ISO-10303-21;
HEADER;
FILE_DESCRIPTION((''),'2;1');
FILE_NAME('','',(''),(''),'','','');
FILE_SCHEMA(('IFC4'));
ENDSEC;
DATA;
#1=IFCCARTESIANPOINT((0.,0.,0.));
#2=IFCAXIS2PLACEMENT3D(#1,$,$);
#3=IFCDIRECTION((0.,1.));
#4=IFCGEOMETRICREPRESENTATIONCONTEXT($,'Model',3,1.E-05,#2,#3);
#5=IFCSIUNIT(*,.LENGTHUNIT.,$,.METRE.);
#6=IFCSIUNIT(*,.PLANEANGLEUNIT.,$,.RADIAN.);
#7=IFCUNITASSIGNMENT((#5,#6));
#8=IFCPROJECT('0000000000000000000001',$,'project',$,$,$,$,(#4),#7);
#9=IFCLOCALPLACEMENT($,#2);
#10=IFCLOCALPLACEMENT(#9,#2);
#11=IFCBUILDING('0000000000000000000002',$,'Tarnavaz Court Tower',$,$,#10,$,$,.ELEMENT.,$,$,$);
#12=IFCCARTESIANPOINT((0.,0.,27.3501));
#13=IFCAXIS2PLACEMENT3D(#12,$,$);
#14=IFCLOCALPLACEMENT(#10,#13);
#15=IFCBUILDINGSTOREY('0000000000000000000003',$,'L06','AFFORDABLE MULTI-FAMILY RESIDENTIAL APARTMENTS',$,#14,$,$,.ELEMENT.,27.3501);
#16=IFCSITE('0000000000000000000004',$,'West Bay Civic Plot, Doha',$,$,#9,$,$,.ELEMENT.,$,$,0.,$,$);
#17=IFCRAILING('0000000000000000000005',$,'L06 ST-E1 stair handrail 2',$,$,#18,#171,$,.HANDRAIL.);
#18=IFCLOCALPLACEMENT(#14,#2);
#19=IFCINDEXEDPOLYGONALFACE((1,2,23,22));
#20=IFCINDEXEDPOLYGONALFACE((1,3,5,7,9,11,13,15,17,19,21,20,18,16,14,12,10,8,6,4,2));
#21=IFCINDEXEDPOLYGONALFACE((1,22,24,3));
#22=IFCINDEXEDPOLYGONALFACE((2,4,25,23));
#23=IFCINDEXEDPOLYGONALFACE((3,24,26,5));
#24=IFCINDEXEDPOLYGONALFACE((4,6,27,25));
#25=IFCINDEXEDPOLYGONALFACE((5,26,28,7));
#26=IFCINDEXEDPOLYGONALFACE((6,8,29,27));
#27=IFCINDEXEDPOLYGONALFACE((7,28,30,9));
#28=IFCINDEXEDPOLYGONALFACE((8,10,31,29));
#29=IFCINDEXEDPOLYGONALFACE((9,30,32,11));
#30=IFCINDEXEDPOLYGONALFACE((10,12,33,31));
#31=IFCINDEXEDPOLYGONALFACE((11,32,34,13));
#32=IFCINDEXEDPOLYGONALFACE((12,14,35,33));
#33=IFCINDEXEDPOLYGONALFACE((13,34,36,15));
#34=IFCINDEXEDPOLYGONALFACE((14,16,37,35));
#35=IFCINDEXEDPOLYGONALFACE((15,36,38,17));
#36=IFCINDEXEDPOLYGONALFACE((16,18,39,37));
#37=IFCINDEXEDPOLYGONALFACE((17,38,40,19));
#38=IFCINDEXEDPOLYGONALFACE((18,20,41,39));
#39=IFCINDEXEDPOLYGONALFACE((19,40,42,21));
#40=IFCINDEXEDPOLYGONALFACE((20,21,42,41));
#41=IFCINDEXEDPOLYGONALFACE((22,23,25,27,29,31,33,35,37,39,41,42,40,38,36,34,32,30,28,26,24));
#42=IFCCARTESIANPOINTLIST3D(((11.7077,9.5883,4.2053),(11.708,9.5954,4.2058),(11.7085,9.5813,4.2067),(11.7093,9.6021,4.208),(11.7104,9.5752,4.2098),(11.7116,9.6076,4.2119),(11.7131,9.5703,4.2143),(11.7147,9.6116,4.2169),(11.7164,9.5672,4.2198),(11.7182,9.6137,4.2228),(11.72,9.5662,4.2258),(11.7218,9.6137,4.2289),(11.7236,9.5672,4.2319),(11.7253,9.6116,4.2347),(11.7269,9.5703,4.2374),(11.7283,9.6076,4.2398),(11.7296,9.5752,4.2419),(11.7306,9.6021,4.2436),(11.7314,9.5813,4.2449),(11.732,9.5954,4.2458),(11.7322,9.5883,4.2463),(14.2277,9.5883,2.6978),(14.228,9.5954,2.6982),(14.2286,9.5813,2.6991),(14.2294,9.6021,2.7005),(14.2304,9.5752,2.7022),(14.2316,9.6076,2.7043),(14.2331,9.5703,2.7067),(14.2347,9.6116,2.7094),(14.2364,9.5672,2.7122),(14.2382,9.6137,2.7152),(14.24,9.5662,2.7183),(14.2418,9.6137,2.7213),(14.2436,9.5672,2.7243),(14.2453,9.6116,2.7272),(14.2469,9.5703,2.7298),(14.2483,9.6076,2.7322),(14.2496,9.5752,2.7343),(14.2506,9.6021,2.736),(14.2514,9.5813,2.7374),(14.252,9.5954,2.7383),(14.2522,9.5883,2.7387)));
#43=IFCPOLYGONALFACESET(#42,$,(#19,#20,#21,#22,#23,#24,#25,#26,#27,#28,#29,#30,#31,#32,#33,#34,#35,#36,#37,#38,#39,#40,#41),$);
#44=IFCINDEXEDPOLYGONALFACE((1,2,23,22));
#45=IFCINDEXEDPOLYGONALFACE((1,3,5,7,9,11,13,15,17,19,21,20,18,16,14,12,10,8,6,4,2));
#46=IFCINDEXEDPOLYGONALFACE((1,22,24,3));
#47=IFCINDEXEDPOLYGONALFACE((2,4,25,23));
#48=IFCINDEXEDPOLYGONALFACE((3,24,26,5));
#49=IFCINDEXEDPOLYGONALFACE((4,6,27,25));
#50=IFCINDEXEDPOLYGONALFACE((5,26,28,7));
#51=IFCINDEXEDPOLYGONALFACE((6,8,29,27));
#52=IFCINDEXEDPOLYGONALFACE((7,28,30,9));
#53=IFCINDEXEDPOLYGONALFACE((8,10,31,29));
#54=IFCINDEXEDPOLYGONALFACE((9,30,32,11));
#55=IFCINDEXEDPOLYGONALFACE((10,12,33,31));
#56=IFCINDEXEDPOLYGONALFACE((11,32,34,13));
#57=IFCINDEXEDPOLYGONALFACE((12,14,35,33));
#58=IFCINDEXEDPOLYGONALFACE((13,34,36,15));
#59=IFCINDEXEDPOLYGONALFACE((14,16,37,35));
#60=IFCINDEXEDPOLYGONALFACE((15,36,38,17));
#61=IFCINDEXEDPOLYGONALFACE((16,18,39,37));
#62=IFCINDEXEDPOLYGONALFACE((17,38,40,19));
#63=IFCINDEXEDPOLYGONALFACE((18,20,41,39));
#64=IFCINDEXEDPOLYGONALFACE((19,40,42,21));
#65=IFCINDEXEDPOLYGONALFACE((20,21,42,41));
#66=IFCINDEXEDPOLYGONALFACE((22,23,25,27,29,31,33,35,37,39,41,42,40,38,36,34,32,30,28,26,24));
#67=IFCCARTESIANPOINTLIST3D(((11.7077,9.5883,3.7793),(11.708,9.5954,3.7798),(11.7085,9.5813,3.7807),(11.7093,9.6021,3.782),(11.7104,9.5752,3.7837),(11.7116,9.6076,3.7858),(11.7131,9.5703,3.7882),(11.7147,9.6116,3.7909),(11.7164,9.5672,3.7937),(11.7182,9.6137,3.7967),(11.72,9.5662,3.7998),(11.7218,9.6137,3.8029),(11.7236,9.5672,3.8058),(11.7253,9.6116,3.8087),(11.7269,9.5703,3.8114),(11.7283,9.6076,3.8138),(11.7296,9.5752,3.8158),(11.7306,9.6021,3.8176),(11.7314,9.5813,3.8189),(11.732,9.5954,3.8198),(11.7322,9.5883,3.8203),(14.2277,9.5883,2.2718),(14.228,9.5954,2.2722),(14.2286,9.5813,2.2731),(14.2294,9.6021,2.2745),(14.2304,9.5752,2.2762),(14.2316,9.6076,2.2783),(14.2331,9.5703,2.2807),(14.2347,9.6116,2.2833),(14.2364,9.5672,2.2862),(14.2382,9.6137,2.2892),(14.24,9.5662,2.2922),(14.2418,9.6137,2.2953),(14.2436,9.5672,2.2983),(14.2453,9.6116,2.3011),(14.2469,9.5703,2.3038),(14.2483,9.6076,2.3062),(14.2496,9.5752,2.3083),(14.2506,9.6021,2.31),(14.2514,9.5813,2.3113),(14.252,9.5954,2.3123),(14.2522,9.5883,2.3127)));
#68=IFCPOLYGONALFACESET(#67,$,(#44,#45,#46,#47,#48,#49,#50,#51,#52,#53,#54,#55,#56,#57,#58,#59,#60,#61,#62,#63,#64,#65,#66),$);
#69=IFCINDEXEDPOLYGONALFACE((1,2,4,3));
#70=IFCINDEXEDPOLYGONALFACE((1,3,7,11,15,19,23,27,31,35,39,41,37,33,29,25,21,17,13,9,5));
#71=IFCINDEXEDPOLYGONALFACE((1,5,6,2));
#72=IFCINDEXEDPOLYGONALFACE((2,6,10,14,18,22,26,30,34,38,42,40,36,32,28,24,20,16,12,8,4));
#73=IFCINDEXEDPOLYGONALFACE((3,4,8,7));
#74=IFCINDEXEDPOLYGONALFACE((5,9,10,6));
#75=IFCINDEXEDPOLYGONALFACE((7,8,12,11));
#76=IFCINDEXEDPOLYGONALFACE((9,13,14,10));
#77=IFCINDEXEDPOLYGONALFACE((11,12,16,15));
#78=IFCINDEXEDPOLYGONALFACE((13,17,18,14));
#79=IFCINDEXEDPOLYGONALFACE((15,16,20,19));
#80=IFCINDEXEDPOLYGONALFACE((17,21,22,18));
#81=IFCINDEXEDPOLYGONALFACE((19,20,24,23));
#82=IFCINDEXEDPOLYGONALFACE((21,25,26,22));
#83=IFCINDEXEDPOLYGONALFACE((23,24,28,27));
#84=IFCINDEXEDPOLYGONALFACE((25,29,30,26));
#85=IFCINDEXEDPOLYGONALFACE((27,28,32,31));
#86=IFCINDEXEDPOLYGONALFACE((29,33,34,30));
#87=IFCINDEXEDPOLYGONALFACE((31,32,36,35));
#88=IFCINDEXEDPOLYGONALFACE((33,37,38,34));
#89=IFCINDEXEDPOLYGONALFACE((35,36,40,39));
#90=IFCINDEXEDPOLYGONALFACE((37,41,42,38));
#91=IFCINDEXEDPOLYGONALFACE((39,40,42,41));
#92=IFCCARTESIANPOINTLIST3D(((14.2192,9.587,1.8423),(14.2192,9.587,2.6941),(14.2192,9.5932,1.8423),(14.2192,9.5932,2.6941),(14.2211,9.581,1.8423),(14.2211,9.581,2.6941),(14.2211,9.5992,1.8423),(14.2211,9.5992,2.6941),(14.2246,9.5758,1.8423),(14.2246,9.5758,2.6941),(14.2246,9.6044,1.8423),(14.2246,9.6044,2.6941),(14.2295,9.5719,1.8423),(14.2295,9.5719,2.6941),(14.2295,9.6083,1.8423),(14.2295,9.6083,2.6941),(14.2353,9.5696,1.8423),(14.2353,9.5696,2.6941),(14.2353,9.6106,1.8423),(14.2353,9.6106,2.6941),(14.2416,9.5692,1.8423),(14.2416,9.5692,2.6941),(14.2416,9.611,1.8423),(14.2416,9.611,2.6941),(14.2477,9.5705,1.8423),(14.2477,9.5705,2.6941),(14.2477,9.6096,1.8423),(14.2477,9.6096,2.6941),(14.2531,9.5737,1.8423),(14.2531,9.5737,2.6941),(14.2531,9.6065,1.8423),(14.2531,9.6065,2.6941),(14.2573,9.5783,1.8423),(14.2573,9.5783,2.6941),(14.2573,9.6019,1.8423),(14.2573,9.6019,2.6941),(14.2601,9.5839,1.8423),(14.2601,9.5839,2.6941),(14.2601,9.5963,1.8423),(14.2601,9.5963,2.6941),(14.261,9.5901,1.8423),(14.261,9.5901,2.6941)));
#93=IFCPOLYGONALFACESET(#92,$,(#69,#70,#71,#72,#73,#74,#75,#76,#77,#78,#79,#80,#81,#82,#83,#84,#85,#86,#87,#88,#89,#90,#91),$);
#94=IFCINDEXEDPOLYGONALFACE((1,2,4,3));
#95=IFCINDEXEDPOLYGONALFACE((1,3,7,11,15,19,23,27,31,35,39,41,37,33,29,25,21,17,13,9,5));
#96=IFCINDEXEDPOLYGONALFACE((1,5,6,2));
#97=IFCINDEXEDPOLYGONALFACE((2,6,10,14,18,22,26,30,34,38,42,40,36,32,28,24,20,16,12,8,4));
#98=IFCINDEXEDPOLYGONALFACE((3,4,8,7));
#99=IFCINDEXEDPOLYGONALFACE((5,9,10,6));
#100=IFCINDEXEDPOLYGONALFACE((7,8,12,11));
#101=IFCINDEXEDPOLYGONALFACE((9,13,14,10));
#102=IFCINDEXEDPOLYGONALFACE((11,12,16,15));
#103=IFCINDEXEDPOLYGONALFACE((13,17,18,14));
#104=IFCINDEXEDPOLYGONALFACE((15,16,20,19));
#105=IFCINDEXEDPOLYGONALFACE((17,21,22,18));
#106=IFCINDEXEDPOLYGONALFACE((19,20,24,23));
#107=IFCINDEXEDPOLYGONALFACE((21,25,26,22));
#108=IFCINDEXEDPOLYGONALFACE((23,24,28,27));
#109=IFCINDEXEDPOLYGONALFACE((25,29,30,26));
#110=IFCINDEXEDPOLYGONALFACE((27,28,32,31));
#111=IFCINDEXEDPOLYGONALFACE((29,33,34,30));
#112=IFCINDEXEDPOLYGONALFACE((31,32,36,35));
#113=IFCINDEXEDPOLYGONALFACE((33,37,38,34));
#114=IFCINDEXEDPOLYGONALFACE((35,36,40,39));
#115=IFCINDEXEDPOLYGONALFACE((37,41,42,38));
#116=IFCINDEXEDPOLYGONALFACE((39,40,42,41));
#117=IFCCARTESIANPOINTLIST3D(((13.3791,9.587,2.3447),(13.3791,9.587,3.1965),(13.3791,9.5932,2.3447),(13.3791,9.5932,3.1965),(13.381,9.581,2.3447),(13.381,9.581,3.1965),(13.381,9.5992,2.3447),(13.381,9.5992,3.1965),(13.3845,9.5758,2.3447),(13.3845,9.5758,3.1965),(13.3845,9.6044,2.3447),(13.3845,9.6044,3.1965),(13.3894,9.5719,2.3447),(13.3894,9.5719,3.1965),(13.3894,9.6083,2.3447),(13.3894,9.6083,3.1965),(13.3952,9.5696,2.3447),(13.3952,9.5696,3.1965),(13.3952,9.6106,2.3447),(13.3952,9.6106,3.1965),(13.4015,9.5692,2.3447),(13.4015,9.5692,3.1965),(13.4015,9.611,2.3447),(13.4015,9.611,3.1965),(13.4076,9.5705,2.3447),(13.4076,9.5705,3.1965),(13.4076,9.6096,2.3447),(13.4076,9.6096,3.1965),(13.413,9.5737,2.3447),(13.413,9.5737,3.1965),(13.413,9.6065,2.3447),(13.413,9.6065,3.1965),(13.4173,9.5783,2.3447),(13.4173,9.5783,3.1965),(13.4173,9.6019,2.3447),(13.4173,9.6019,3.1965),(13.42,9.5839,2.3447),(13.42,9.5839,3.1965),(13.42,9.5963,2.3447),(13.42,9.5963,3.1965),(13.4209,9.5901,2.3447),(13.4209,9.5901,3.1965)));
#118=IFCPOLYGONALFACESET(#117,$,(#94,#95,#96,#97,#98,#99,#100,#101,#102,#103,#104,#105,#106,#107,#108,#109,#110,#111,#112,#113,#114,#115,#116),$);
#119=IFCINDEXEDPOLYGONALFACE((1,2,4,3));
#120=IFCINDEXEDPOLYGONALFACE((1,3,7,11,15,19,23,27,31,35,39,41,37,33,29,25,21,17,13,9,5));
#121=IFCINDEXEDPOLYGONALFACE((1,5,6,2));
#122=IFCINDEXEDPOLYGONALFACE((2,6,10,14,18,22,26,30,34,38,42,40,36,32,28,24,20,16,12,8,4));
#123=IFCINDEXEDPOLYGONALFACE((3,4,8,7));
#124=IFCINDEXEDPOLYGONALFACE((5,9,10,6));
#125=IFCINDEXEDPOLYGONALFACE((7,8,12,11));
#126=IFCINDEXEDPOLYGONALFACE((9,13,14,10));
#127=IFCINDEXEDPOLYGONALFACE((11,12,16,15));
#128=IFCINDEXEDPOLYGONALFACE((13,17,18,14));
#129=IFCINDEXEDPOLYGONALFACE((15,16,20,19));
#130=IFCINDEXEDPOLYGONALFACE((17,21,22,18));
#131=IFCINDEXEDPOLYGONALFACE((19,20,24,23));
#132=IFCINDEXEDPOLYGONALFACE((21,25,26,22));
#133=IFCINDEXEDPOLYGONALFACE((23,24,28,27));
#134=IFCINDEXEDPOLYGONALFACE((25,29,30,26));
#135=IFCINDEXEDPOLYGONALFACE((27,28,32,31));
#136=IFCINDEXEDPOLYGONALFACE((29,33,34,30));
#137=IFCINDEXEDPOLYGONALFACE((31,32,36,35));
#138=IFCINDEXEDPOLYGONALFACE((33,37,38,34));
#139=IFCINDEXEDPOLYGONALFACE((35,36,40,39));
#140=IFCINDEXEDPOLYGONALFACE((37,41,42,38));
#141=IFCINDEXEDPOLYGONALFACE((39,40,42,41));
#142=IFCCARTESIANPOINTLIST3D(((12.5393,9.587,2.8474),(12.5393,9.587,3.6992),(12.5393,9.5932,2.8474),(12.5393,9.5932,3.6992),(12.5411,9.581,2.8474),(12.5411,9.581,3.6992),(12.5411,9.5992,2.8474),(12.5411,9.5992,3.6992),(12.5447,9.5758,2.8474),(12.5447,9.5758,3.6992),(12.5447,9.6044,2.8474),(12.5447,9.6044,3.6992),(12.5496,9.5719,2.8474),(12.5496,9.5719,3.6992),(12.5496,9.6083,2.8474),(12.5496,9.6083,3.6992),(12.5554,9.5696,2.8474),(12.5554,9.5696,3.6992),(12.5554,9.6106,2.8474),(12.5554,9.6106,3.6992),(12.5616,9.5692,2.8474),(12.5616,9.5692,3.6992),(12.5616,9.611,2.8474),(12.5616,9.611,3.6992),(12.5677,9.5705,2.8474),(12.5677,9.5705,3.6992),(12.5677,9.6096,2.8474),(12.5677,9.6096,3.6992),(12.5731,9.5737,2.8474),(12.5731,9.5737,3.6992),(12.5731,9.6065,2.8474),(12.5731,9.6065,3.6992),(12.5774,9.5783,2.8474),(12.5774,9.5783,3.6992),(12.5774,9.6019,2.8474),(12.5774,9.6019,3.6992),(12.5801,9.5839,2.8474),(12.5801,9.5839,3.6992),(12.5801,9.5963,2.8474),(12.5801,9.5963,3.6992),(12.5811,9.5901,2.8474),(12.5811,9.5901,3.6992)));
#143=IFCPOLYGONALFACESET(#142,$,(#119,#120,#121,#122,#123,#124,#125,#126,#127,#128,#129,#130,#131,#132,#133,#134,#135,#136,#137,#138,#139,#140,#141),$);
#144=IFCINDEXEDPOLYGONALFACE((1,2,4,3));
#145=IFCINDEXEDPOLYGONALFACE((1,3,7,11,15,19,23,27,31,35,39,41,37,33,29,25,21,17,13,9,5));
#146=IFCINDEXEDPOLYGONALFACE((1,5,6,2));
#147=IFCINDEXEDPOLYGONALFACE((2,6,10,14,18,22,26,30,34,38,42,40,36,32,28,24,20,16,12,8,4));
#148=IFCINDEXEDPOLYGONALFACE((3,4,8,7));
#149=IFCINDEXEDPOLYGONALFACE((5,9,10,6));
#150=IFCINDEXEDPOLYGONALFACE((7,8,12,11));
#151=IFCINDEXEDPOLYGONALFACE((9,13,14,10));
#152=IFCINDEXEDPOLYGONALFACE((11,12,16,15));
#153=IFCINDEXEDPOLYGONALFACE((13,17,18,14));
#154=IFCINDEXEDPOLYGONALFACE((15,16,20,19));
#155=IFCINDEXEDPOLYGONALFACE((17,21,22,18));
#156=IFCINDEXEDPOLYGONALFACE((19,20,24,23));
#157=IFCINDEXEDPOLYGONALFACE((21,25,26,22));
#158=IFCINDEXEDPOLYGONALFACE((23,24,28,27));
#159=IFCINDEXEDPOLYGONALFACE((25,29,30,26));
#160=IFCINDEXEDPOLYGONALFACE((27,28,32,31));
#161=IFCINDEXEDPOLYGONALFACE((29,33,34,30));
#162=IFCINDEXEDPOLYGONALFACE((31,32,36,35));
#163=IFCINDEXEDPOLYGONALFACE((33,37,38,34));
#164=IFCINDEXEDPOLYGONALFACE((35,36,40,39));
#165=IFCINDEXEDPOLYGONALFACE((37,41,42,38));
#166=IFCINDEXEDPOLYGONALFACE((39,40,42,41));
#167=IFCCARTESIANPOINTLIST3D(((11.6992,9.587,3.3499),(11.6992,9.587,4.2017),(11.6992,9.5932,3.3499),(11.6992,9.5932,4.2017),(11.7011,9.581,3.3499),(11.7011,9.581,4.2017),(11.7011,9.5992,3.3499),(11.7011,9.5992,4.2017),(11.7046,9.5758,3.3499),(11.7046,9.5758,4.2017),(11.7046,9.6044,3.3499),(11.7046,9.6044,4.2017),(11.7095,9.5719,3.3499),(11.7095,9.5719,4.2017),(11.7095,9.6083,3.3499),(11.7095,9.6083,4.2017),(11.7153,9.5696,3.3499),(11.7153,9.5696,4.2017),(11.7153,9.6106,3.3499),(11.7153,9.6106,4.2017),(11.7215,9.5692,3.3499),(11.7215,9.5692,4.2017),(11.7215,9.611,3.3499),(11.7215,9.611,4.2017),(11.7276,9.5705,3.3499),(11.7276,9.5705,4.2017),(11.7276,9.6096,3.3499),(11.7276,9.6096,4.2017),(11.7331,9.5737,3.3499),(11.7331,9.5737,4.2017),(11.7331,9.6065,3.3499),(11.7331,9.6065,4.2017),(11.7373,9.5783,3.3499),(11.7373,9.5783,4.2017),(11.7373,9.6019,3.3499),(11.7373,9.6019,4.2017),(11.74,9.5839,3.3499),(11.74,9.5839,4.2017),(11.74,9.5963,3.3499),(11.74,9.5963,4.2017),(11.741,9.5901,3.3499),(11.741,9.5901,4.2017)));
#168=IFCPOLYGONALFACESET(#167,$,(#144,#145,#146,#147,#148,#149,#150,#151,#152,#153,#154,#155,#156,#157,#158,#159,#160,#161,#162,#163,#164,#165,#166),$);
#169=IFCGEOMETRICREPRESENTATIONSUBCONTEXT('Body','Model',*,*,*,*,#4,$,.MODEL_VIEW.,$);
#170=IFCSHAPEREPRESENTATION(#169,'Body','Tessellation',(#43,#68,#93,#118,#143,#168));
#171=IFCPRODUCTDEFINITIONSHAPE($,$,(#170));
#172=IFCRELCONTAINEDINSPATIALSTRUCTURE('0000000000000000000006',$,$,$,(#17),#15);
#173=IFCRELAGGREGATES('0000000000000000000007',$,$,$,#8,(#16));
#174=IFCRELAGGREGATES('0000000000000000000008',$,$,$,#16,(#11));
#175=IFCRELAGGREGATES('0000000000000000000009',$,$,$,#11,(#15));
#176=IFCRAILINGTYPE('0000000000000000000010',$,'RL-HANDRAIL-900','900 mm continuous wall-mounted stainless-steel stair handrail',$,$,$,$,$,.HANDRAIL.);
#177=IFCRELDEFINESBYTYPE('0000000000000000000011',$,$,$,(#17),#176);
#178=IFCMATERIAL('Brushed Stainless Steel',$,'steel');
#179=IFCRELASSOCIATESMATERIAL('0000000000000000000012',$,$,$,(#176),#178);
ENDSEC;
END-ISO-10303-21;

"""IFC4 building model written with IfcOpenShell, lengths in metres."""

from ifc_helpers import new_model, si_unit, direction, frame, origin, origin_2d, place, context, subcontext, project, spatial, circle, extrude, material, type_object, element, save


model = new_model("IFC4")

# Units and contexts
model_context = context("Model", 3, precision=1e-05, world=origin(), true_north=direction((0.0, 1.0)))
body_context = subcontext(model_context, "Body", "Model", "MODEL_VIEW")
ifc_project = project(units=[si_unit("LENGTHUNIT", "METRE"), si_unit("PLANEANGLEUNIT", "RADIAN")], contexts=[model_context])

# Site, building, storey
site_placement = place(None, origin())
site = spatial("IfcSite", under=ifc_project, at=site_placement, Name="West Bay Civic Plot, Doha", CompositionType="ELEMENT", RefElevation=0.0)
building_placement = place(site_placement, origin())
building = spatial("IfcBuilding", under=site, at=building_placement, Name="Tarnavaz Court Tower", CompositionType="ELEMENT")
storey_placement = place(building_placement, frame((0.0, 0.0, 27.3501)))
storey = spatial("IfcBuildingStorey", under=building, at=storey_placement, Name="L06", Description="AFFORDABLE MULTI-FAMILY RESIDENTIAL APARTMENTS", CompositionType="ELEMENT", Elevation=27.3501)

# Railing
ifc_material_1 = material(Name="Brushed Stainless Steel", Category="steel")
railing_type_1 = type_object("IfcRailingType", Name="RL-HANDRAIL-900", Description="900 mm continuous wall-mounted stainless-steel stair handrail", PredefinedType="HANDRAIL", material=ifc_material_1)
railing_1_placement = place(storey_placement, frame((14.24, 9.5901, 1.8423)))
element("IfcRailing", 1, at=railing_1_placement, inside=storey, type_object=railing_type_1, Name="L06 ST-E1 stair handrail 2", PredefinedType="HANDRAIL", context=body_context, shape_type="SweptSolid", body=[
    extrude(circle(Radius=0.0239, at=origin_2d()), frame((0.0, 0.0, 0.876), z_axis=(-0.85816, 0.0, 0.513383), x_axis=(0.0, -1.0, 0.0)), (0.0, 0.0, 1.0), 2.9365),
    extrude(circle(Radius=0.0239, at=origin_2d()), frame((0.0, 0.0, 0.45), z_axis=(-0.85816, 0.0, 0.513383), x_axis=(0.0, -1.0, 0.0)), (0.0, 0.0, 1.0), 2.9365),
    extrude(circle(Radius=0.021, at=origin_2d()), origin(), (0.0, 0.0, 1.0), 0.8518),
    extrude(circle(Radius=0.021, at=origin_2d()), frame((-0.8401, 0.0, 0.5024)), (0.0, 0.0, 1.0), 0.8518),
    extrude(circle(Radius=0.021, at=origin_2d()), frame((-1.6799, 0.0, 1.0051)), (0.0, 0.0, 1.0), 0.8518),
    extrude(circle(Radius=0.021, at=origin_2d()), frame((-2.52, 0.0, 1.5076)), (0.0, 0.0, 1.0), 0.8518),
])

save(model, "model.ifc")
